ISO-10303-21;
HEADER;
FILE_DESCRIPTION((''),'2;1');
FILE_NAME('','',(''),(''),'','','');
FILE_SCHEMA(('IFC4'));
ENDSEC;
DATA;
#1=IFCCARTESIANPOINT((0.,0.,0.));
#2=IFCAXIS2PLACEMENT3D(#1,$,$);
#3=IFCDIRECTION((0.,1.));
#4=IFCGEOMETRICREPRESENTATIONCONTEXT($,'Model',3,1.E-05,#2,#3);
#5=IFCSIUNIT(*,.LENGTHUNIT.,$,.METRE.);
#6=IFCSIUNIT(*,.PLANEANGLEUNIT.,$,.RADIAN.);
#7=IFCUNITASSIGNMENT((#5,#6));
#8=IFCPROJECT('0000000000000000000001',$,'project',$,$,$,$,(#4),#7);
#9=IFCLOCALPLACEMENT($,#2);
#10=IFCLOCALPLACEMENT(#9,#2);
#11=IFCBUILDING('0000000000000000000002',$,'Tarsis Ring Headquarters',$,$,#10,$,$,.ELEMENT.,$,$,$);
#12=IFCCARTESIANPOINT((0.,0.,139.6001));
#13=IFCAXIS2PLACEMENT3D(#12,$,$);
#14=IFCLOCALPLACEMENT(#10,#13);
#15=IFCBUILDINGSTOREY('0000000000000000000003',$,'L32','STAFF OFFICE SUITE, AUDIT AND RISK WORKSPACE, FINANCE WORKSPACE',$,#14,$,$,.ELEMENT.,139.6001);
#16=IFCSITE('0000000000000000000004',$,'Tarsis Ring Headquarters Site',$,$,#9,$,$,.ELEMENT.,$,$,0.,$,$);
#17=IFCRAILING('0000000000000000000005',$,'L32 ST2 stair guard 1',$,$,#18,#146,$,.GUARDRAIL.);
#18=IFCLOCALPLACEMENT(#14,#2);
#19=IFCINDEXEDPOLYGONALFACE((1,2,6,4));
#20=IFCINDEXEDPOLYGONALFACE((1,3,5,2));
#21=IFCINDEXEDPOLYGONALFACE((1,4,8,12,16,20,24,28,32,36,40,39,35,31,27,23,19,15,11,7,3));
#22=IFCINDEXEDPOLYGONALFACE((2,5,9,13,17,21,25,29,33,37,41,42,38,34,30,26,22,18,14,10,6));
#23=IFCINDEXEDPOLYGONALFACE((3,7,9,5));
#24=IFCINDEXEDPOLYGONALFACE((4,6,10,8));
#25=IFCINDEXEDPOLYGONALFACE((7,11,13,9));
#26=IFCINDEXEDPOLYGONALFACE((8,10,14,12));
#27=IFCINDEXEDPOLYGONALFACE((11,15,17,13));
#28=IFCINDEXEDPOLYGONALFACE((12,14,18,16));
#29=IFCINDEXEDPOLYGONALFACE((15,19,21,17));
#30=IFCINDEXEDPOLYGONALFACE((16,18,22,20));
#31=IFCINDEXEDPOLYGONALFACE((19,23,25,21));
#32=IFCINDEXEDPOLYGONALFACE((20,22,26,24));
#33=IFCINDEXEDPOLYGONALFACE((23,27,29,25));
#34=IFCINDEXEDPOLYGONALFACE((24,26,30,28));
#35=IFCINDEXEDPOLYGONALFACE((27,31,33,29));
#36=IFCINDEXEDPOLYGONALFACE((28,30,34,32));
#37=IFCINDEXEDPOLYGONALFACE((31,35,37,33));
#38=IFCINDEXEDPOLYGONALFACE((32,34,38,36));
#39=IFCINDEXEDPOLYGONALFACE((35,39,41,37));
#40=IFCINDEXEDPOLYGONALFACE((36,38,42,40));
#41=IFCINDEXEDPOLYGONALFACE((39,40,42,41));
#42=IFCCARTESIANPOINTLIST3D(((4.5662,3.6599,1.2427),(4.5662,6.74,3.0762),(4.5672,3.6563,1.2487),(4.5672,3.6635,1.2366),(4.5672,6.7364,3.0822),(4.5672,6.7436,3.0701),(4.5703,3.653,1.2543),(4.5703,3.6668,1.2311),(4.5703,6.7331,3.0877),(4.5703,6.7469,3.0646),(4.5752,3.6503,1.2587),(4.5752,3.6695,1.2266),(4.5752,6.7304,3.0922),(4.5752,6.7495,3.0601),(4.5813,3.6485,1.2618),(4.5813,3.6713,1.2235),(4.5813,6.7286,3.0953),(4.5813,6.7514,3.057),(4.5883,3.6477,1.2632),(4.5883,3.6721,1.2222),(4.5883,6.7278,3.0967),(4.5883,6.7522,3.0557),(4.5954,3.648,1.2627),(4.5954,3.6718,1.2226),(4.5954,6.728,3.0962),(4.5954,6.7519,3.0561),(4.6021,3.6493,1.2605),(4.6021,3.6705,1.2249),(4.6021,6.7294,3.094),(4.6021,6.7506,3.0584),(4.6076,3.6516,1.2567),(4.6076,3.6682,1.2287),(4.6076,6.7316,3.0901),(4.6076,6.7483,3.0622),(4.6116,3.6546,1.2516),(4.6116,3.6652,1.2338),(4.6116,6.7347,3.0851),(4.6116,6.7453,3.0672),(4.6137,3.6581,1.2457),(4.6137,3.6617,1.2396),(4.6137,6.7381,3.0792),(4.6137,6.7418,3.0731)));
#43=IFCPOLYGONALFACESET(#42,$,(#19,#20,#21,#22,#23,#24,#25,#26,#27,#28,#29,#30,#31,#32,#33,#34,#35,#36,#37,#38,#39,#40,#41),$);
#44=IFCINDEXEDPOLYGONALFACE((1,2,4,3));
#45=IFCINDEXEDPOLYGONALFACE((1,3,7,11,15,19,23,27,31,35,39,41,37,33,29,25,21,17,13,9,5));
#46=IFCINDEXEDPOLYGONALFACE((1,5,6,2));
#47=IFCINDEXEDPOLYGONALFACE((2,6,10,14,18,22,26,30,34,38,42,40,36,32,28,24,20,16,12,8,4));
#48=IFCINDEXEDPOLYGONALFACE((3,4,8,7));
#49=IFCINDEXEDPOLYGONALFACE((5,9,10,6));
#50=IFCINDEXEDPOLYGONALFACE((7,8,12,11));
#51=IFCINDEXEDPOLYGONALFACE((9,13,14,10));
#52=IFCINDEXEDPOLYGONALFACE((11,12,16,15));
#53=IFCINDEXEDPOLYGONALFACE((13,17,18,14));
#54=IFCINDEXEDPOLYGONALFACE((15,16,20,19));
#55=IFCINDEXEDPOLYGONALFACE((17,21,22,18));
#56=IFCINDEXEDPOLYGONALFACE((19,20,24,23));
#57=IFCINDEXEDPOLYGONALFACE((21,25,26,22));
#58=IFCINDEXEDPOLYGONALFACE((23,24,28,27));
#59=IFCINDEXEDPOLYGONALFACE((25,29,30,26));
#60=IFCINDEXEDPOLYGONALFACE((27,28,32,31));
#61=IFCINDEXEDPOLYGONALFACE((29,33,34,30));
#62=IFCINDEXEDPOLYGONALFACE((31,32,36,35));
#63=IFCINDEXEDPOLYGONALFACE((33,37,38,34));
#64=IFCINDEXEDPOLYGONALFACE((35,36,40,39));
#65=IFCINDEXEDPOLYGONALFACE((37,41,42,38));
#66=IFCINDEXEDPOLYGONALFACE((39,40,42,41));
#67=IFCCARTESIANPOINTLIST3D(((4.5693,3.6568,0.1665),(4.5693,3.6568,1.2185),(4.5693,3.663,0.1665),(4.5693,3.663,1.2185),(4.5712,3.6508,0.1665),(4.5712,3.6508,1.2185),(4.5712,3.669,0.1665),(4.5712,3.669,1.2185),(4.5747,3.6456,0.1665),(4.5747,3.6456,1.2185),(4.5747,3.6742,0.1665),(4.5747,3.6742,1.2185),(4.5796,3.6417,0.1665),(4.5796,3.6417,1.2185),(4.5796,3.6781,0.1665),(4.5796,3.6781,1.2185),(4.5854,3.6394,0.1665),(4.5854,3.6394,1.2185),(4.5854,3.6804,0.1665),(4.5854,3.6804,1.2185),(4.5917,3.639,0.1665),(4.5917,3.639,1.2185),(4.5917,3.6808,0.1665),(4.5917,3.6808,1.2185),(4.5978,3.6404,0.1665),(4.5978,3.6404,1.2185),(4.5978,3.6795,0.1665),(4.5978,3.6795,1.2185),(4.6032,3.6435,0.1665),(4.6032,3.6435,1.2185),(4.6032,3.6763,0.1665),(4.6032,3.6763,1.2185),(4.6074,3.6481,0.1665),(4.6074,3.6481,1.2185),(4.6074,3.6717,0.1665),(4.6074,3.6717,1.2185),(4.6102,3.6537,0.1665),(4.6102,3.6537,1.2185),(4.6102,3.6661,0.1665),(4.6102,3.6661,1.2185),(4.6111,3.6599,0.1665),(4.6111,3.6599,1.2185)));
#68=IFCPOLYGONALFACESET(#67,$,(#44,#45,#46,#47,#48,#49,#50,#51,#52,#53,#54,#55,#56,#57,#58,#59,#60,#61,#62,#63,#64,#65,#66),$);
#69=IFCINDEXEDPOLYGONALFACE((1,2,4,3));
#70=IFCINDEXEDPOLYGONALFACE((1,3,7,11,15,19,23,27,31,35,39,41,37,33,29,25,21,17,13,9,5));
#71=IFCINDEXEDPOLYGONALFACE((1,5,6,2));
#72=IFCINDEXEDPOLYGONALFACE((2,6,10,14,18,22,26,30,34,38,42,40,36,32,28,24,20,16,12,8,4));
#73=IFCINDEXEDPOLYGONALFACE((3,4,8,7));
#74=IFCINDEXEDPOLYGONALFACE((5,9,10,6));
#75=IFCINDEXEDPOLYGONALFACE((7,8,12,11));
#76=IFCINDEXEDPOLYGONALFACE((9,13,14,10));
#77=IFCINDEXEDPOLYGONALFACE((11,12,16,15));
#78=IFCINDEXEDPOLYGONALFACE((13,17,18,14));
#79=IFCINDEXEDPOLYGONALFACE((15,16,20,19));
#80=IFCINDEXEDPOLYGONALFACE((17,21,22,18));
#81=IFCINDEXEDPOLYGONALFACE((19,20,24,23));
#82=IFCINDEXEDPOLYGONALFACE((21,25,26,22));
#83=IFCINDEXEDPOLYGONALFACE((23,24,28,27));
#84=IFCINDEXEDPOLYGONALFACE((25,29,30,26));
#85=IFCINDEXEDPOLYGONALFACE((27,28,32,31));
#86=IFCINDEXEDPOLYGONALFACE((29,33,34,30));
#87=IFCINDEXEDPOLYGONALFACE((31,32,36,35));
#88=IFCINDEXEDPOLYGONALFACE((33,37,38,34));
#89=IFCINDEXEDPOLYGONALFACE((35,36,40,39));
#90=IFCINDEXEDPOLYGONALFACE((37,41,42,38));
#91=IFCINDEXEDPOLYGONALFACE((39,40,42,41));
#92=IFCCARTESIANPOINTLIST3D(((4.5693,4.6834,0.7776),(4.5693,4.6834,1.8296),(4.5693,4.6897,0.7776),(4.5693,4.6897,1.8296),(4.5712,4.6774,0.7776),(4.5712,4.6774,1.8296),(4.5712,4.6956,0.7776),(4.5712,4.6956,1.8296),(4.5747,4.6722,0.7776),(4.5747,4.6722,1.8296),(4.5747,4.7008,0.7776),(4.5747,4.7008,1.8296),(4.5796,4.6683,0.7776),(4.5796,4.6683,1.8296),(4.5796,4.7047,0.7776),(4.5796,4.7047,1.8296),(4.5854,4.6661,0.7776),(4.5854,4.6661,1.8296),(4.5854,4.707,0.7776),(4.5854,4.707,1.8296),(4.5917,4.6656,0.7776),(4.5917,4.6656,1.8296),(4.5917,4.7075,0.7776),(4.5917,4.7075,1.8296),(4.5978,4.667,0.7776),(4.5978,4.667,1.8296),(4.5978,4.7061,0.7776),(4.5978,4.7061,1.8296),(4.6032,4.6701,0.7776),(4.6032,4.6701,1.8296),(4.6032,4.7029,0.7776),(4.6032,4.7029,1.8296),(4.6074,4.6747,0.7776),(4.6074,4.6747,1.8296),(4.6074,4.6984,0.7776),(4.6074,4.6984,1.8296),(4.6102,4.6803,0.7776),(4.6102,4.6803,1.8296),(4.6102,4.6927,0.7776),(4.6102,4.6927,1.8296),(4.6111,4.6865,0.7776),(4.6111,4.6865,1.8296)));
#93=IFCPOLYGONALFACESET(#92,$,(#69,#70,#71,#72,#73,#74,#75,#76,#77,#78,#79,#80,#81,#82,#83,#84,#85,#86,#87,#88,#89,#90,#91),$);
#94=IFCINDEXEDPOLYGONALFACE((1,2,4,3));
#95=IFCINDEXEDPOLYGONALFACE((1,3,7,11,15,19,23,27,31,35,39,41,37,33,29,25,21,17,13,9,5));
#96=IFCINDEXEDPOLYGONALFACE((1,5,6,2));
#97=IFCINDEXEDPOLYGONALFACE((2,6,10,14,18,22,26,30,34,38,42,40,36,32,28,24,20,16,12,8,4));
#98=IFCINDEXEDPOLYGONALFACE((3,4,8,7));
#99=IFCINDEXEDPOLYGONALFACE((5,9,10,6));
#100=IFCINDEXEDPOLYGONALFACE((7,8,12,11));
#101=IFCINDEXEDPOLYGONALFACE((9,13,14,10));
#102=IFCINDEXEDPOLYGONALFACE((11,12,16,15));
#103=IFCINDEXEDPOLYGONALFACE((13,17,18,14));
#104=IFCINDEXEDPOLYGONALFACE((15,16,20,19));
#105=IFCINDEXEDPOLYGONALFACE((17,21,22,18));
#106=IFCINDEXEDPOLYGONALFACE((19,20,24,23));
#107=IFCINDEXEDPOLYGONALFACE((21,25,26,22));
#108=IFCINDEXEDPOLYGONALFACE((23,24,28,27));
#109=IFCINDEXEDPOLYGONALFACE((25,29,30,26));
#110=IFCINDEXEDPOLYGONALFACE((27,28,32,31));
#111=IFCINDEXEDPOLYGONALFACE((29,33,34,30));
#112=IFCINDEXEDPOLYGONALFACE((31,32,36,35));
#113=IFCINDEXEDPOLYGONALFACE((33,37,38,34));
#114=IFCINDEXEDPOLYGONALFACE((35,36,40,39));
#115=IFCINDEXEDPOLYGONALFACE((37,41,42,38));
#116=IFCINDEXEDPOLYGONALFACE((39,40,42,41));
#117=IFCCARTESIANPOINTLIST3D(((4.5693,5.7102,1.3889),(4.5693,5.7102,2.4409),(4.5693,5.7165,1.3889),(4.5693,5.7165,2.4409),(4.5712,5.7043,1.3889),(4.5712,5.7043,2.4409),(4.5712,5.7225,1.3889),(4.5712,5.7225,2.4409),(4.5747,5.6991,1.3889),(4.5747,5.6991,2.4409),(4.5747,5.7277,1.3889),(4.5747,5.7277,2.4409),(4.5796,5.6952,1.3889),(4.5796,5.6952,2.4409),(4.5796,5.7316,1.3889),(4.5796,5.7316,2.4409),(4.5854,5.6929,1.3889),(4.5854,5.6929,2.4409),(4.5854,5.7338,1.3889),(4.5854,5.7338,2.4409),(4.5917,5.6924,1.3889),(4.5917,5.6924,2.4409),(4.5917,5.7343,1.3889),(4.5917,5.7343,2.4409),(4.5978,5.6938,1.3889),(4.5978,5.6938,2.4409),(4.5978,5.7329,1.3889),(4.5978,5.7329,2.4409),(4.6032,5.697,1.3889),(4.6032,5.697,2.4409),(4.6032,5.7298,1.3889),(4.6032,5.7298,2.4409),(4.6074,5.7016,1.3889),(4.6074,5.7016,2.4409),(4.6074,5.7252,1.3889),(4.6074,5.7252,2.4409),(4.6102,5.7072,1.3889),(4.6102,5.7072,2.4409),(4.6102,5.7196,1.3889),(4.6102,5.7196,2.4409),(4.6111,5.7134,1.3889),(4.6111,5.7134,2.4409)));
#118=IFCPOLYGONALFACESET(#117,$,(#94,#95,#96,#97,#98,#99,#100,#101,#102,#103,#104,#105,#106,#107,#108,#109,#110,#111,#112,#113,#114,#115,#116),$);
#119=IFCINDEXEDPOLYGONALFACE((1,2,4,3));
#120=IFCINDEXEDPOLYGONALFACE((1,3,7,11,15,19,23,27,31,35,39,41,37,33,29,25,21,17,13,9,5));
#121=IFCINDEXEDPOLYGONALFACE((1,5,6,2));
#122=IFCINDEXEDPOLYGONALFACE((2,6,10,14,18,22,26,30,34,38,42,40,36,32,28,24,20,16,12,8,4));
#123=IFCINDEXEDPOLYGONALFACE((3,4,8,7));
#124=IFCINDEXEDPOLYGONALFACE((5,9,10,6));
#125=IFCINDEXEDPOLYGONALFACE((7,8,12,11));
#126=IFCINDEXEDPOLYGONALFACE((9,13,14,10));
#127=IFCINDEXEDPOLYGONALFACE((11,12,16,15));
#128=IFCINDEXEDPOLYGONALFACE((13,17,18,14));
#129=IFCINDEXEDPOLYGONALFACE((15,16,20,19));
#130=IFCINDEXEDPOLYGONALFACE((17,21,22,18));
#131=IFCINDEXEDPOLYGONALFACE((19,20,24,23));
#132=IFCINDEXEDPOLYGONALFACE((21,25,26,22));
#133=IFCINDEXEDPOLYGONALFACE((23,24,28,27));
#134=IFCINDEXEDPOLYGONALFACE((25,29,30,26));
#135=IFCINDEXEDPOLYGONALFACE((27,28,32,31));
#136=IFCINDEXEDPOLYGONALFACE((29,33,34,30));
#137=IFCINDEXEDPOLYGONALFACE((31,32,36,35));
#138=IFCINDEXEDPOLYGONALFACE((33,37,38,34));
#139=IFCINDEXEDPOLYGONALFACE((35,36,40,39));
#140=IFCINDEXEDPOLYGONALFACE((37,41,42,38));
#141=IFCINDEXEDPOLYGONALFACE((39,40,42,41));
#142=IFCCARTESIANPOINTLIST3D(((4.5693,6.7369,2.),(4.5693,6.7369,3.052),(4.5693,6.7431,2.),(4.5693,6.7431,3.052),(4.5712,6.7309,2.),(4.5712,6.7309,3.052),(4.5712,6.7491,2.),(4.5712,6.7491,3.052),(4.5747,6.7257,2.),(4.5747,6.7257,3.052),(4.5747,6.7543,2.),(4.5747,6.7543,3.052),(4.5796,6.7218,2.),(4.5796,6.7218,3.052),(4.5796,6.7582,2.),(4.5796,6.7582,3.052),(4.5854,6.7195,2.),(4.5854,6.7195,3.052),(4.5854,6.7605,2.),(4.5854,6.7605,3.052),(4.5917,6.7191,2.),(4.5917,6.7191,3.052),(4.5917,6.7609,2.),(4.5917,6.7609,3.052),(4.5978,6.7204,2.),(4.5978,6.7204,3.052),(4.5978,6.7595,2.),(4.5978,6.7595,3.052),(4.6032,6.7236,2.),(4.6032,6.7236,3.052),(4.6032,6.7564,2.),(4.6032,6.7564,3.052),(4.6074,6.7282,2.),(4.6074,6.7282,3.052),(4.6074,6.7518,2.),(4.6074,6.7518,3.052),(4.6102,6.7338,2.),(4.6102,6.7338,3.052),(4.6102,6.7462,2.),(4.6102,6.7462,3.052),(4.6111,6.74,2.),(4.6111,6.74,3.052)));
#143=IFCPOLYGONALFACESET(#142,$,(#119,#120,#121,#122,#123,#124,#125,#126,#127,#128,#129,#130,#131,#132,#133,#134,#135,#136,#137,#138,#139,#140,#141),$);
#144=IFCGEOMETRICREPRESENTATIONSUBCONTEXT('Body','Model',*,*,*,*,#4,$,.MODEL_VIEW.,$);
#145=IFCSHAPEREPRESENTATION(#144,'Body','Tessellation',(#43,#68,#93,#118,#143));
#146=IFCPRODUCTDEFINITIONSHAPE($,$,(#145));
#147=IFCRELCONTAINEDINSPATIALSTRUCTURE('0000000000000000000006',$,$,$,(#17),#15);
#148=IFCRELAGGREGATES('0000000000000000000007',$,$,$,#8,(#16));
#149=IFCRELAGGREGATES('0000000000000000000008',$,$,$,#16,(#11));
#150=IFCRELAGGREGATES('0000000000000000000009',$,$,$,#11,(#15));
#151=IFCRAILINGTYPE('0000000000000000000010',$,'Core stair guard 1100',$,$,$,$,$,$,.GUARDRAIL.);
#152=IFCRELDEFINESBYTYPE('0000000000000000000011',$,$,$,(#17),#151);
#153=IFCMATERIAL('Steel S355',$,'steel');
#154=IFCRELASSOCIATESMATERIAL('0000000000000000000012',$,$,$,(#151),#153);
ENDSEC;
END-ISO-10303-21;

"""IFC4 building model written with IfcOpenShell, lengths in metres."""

from ifc_helpers import new_model, si_unit, direction, frame, origin, origin_2d, place, context, subcontext, project, spatial, circle, extrude, material, type_object, element, save


model = new_model("IFC4")

# Units and contexts
model_context = context("Model", 3, precision=1e-05, world=origin(), true_north=direction((0.0, 1.0)))
body_context = subcontext(model_context, "Body", "Model", "MODEL_VIEW")
ifc_project = project(units=[si_unit("LENGTHUNIT", "METRE"), si_unit("PLANEANGLEUNIT", "RADIAN")], contexts=[model_context])

# Site, building, storey
site_placement = place(None, origin())
site = spatial("IfcSite", under=ifc_project, at=site_placement, Name="Tarsis Ring Headquarters Site", CompositionType="ELEMENT", RefElevation=0.0)
building_placement = place(site_placement, origin())
building = spatial("IfcBuilding", under=site, at=building_placement, Name="Tarsis Ring Headquarters", CompositionType="ELEMENT")
storey_placement = place(building_placement, frame((0.0, 0.0, 139.6001)))
storey = spatial("IfcBuildingStorey", under=building, at=storey_placement, Name="L32", Description="STAFF OFFICE SUITE, AUDIT AND RISK WORKSPACE, FINANCE WORKSPACE", CompositionType="ELEMENT", Elevation=139.6001)

# Shared definitions
ifc_material_1 = material(Name="Steel S355", Category="steel")

# Railing
railing_type_1 = type_object("IfcRailingType", Name="Core stair guard 1100", PredefinedType="GUARDRAIL", material=ifc_material_1)
railing_1_placement = place(storey_placement, frame((4.5901, 3.6599, 0.1665)))
element("IfcRailing", 1, at=railing_1_placement, inside=storey, type_object=railing_type_1, Name="L32 ST2 stair guard 1", PredefinedType="GUARDRAIL", context=body_context, shape_type="SweptSolid", body=[
    extrude(circle(Radius=0.0239, at=origin_2d()), frame((0.0, 0.0, 1.0762), z_axis=(0.0, 0.859279, 0.511508), x_axis=(-1.0, 0.0, 0.0)), (0.0, 0.0, 1.0), 3.5845),
    extrude(circle(Radius=0.021, at=origin_2d()), origin(), (0.0, 0.0, 1.0), 1.052),
    extrude(circle(Radius=0.021, at=origin_2d()), frame((0.0, 1.0266, 0.6111)), (0.0, 0.0, 1.0), 1.052),
    extrude(circle(Radius=0.021, at=origin_2d()), frame((0.0, 2.0535, 1.2224)), (0.0, 0.0, 1.0), 1.052),
    extrude(circle(Radius=0.021, at=origin_2d()), frame((0.0, 3.0801, 1.8335)), (0.0, 0.0, 1.0), 1.052),
])

save(model, "model.ifc")
